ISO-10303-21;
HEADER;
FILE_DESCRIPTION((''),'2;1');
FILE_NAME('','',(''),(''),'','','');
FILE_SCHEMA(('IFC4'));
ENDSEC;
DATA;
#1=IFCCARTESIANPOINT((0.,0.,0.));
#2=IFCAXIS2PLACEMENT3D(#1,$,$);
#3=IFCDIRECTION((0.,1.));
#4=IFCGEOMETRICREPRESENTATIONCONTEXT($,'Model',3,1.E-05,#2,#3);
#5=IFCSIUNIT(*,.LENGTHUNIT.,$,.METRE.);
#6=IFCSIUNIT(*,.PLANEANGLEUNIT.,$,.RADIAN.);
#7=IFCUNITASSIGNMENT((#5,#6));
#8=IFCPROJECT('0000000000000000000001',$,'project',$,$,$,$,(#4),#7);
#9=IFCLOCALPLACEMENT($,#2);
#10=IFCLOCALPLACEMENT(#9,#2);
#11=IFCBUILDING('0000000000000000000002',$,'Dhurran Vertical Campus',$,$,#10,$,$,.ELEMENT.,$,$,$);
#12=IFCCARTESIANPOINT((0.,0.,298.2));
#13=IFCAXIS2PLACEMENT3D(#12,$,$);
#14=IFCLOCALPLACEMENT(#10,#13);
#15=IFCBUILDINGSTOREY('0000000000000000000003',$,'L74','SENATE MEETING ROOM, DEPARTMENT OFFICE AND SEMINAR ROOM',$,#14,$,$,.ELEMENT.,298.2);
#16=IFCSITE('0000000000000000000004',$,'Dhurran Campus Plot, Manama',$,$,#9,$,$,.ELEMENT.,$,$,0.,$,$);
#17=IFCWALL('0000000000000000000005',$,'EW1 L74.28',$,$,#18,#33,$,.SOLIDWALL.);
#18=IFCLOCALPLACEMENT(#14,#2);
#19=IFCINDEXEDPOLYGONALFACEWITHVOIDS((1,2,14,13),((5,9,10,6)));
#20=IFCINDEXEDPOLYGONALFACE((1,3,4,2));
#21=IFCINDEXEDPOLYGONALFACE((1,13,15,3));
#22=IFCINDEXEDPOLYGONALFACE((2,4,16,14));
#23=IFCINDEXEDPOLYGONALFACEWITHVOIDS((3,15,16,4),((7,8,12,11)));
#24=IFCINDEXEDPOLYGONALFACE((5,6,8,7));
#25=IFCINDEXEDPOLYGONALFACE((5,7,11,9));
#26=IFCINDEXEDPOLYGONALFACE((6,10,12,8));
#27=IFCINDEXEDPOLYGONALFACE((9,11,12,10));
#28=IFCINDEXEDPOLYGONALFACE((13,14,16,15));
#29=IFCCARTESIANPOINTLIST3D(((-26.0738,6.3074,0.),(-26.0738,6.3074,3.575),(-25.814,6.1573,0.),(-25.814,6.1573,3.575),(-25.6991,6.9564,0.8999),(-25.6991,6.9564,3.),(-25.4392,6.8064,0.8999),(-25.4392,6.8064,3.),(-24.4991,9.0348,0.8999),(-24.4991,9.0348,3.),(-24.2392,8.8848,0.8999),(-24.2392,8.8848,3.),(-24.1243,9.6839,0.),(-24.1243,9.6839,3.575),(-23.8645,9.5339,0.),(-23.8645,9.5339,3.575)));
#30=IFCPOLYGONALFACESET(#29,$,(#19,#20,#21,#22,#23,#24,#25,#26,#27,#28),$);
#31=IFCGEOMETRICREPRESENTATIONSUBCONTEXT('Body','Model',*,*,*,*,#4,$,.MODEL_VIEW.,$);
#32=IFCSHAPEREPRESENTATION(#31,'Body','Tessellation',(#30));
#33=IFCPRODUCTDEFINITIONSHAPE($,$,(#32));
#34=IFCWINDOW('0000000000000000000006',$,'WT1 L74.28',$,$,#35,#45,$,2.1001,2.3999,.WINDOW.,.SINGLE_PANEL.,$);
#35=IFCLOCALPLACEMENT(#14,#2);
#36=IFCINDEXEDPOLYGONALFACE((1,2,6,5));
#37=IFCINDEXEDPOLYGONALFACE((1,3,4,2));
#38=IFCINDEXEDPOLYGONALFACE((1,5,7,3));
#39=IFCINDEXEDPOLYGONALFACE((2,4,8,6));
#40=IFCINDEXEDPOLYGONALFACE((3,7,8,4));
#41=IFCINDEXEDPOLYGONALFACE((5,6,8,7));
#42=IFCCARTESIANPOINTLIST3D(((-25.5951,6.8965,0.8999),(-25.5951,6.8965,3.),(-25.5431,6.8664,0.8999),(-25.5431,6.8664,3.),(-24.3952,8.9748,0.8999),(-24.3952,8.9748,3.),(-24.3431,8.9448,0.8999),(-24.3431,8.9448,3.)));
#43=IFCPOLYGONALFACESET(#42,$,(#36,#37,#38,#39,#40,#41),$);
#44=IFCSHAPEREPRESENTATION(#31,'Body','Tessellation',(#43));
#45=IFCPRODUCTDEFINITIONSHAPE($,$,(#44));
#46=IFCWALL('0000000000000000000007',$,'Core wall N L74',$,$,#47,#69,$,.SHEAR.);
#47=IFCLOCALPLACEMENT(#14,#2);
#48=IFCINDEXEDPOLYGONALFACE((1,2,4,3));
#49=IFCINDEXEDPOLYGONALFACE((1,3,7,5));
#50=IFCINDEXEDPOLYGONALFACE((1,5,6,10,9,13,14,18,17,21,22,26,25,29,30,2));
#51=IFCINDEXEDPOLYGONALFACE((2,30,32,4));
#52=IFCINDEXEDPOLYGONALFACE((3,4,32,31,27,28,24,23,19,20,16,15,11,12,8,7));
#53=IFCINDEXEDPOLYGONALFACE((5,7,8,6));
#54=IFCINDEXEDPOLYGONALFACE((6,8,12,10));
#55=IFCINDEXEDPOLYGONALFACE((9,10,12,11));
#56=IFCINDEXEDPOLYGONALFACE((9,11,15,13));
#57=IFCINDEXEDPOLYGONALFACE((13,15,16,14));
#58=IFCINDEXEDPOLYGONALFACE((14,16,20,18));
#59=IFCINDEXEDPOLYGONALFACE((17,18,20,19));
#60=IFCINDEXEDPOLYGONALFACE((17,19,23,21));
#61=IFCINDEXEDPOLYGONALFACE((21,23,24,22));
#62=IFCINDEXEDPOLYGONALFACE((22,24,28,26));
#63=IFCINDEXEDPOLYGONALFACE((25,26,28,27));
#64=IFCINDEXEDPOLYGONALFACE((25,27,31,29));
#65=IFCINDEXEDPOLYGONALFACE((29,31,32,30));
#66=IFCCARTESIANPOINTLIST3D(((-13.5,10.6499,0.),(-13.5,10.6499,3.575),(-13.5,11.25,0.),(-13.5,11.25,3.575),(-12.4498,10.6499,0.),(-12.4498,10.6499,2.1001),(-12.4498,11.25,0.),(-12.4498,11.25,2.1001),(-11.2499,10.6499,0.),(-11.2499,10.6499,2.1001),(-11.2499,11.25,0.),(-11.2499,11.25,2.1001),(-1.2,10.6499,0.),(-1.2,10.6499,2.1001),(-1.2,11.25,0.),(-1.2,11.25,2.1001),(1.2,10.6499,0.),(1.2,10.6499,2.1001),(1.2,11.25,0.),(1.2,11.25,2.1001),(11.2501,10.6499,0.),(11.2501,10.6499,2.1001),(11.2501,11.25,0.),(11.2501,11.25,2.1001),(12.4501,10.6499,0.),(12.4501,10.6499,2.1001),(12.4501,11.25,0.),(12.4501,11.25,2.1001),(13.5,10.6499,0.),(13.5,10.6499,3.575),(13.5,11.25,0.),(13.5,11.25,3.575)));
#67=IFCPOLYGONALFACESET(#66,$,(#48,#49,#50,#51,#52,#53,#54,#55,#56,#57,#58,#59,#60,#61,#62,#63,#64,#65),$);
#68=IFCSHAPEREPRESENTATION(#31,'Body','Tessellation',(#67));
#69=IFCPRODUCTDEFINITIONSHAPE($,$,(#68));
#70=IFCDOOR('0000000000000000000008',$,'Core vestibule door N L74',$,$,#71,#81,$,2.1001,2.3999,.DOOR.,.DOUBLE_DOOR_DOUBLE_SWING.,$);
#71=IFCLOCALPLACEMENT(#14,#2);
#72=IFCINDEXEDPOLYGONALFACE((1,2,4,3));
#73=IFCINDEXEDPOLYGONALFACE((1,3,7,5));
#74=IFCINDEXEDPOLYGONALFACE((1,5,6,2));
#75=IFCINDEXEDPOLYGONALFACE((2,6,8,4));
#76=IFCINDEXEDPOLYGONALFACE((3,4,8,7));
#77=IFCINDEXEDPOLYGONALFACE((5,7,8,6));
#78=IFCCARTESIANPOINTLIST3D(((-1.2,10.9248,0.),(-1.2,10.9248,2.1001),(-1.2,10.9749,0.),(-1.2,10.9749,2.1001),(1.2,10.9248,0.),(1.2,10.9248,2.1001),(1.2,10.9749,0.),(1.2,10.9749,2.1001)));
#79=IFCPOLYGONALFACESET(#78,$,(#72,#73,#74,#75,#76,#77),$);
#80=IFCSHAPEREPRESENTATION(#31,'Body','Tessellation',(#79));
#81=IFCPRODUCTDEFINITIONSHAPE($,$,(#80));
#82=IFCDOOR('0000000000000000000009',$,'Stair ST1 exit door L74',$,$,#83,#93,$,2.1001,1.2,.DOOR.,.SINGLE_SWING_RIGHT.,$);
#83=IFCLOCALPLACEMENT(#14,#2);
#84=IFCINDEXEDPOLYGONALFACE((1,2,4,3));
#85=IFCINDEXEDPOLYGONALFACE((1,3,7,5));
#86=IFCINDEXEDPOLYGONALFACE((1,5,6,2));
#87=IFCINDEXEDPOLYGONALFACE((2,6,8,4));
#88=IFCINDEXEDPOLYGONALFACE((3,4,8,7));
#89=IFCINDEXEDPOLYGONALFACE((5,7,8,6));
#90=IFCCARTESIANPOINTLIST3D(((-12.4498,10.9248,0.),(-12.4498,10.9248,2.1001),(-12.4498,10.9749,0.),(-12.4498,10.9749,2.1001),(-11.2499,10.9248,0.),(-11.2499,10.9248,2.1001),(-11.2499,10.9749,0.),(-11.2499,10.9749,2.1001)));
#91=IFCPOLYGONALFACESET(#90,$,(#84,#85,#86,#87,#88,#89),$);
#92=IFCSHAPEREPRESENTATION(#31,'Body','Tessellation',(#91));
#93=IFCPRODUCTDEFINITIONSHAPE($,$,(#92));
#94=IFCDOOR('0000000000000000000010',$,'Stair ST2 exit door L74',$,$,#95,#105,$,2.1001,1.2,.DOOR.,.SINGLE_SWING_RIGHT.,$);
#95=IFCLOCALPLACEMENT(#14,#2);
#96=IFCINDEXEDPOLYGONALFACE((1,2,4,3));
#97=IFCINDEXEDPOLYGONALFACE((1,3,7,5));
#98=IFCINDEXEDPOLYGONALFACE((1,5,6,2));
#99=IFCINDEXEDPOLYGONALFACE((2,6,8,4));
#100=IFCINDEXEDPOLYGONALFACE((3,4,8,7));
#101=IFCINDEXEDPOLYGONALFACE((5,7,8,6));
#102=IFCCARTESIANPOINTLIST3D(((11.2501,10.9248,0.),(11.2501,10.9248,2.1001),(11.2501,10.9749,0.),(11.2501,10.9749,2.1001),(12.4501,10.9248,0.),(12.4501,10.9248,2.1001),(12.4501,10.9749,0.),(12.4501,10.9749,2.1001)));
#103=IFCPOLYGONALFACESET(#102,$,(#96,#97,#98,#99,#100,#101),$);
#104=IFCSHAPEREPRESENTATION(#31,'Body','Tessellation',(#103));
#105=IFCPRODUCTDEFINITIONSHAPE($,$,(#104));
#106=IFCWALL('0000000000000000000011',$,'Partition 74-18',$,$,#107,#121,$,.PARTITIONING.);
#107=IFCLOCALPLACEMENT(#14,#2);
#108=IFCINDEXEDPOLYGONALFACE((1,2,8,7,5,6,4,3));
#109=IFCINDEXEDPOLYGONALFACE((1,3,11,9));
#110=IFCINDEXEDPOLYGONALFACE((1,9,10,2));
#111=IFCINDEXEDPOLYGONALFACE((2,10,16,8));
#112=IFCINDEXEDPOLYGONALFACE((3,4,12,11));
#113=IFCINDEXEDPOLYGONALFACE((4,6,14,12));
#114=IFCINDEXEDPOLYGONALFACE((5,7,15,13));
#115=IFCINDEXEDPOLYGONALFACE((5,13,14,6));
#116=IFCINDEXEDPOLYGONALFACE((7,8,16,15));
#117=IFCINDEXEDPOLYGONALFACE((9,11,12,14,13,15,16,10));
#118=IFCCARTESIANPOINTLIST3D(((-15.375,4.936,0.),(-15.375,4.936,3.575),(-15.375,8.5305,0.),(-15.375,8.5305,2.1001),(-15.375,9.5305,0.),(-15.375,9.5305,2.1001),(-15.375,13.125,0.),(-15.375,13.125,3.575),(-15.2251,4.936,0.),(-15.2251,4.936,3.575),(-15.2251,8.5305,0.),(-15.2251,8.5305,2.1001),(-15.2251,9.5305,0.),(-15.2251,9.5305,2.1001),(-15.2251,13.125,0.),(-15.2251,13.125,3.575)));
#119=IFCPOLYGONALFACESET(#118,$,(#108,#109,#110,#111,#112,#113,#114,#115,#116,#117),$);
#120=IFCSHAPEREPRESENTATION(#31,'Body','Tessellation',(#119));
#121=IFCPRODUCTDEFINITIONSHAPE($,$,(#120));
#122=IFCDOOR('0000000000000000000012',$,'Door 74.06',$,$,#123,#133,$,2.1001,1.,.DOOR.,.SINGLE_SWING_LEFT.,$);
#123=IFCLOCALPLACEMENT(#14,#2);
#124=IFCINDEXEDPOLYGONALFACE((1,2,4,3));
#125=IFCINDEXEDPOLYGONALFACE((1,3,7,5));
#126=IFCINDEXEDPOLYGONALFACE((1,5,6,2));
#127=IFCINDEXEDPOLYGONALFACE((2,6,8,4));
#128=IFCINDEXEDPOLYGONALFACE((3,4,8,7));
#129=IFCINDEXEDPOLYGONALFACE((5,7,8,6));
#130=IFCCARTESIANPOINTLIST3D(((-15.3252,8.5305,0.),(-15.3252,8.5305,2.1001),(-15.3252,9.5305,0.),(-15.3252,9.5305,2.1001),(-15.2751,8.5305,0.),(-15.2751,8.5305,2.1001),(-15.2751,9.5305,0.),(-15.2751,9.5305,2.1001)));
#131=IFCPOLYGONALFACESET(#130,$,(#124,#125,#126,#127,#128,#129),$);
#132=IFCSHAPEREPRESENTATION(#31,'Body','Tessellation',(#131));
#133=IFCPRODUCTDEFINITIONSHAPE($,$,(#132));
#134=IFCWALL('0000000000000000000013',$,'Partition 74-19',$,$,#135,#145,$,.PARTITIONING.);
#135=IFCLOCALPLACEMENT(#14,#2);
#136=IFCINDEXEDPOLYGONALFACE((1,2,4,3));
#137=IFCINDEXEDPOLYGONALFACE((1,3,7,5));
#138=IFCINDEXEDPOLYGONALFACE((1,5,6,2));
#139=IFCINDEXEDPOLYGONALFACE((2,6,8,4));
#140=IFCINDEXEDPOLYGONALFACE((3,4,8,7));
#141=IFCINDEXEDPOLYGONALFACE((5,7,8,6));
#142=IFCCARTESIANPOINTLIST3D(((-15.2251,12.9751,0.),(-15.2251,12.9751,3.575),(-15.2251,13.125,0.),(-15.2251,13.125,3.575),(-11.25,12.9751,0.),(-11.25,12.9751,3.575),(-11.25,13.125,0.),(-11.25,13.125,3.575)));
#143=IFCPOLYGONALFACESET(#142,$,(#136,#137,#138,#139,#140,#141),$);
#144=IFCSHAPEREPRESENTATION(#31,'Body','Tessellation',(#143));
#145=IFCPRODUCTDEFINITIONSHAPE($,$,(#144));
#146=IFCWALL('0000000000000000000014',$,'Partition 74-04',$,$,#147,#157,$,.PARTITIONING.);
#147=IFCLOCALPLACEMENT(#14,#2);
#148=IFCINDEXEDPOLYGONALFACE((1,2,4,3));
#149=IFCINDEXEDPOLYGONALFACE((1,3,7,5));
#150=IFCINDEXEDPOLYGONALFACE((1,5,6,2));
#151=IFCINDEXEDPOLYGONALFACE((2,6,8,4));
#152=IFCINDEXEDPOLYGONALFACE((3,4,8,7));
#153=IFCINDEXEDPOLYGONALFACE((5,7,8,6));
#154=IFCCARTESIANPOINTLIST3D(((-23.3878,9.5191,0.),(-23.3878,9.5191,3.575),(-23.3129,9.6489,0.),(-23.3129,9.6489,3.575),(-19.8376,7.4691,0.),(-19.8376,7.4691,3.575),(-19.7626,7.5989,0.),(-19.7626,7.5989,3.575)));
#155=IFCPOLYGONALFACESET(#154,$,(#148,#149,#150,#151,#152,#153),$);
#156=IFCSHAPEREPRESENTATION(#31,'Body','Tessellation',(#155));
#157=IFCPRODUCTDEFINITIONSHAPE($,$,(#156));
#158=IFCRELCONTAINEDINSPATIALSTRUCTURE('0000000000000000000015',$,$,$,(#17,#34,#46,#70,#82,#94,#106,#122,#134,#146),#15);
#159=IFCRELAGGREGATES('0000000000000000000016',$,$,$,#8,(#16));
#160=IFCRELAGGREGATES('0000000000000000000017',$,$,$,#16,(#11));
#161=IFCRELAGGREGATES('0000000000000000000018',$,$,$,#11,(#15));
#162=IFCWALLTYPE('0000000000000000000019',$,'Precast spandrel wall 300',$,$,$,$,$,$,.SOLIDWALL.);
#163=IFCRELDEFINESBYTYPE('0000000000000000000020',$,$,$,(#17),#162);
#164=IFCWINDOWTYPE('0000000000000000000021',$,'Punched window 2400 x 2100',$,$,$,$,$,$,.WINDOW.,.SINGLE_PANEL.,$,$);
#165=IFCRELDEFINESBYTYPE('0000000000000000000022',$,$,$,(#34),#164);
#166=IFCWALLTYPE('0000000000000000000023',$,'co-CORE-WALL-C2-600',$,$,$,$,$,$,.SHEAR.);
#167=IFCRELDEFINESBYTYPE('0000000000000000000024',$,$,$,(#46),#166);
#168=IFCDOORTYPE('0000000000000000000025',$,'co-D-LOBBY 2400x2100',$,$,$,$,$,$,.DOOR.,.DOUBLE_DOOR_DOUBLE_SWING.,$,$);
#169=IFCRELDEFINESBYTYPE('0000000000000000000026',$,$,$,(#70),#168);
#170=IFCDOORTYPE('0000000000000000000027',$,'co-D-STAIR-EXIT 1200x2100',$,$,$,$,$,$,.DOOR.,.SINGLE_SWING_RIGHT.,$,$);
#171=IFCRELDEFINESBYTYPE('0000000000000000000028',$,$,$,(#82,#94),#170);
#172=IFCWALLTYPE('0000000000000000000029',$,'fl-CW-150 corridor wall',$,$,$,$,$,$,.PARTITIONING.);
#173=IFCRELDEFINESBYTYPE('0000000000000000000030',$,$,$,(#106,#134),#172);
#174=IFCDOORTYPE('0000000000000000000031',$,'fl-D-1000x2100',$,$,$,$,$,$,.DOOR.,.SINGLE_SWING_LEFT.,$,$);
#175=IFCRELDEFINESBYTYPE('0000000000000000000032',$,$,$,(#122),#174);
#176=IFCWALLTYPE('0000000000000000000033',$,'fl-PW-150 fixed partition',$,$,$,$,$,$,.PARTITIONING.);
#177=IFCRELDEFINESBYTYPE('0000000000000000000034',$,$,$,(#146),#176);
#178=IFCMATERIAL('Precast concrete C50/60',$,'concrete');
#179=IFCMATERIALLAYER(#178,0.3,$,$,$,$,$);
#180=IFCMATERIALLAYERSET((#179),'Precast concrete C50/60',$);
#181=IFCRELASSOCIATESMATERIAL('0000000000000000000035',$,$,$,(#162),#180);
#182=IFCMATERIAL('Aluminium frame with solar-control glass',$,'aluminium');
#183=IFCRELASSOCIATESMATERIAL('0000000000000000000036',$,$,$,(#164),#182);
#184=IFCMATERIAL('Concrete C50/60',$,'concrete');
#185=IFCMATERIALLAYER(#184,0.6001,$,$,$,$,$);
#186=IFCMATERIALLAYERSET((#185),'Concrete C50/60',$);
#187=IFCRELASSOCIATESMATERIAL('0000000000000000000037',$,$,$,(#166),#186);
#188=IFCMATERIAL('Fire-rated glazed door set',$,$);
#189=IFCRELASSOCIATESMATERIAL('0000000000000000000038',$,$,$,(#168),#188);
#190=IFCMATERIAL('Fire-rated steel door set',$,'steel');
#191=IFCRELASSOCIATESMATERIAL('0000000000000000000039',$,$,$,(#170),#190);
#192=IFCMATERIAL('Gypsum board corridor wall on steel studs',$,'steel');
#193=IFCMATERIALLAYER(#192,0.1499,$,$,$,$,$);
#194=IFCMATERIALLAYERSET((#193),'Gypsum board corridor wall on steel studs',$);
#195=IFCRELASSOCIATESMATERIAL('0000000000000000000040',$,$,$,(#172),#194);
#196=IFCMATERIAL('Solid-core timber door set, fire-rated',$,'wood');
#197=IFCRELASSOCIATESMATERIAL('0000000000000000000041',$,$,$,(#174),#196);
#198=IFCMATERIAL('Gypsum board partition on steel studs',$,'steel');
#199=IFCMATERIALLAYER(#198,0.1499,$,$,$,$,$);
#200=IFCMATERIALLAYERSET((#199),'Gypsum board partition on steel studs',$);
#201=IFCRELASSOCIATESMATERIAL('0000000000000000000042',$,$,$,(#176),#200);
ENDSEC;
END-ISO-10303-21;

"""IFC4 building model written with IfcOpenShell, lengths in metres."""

from ifc_helpers import new_model, si_unit, direction, frame, frame_2d, origin, place, context, subcontext, project, spatial, rectangle, extrude, material, layer, layer_set, type_object, element, fill, save


model = new_model("IFC4")

# Units and contexts
model_context = context("Model", 3, precision=1e-05, world=origin(), true_north=direction((0.0, 1.0)))
body_context = subcontext(model_context, "Body", "Model", "MODEL_VIEW")
ifc_project = project(units=[si_unit("LENGTHUNIT", "METRE"), si_unit("PLANEANGLEUNIT", "RADIAN")], contexts=[model_context])

# Site, building, storey
site_placement = place(None, origin())
site = spatial("IfcSite", under=ifc_project, at=site_placement, Name="Dhurran Campus Plot, Manama", CompositionType="ELEMENT", RefElevation=0.0)
building_placement = place(site_placement, origin())
building = spatial("IfcBuilding", under=site, at=building_placement, Name="Dhurran Vertical Campus", CompositionType="ELEMENT")
storey_placement = place(building_placement, frame((0.0, 0.0, 298.2)))
storey = spatial("IfcBuildingStorey", under=building, at=storey_placement, Name="L74", Description="SENATE MEETING ROOM, DEPARTMENT OFFICE AND SEMINAR ROOM", CompositionType="ELEMENT", Elevation=298.2)

# Wall, opening, window
ifc_material_1 = material(Name="Precast concrete C50/60", Category="concrete")
ifc_layer_1 = layer(ifc_material_1, 0.3)
ifc_layer_set_1 = layer_set([ifc_layer_1], Name="Precast concrete C50/60")
wall_type_1 = type_object("IfcWallType", Name="Precast spandrel wall 300", PredefinedType="SOLIDWALL", material=ifc_layer_set_1)
ifc_material_2 = material(Name="Aluminium frame with solar-control glass", Category="aluminium")
window_type = type_object("IfcWindowType", Name="Punched window 2400 x 2100", PartitioningType="SINGLE_PANEL", PredefinedType="WINDOW", material=ifc_material_2)
wall_1_placement = place(storey_placement, frame((-23.9944, 9.6089, 0.0), z_axis=(0.0, 0.0, 1.0), x_axis=(-0.500012, -0.866019, 0.0)))
wall_1 = element("IfcWall", 1, at=wall_1_placement, inside=storey, type_object=wall_type_1, Name="EW1 L74.28", PredefinedType="SOLIDWALL", context=body_context, shape_type="SweptSolid", body=[
    extrude(rectangle(XDim=3.8989, YDim=0.3, at=frame_2d((1.9495, 0.0))), origin(), (0.0, 0.0, 1.0), 3.575),
])
opening_1_placement = place(wall_1_placement, frame((0.7495, 0.0, 0.8999)))
opening_1 = element("IfcOpeningElement", 2, at=opening_1_placement, cuts=wall_1, PredefinedType="OPENING", context=body_context, shape_type="SweptSolid", body=[
    extrude(rectangle(XDim=2.3999, YDim=2.1001, at=frame_2d((1.2, 1.05))), frame((0.0, 0.1599, 0.0), z_axis=(0.0, -1.0, 0.0), x_axis=(1.0, 0.0, 0.0)), (0.0, 0.0, 1.0), 0.3201),
])
window_1_placement = place(opening_1_placement, origin())
window_1 = element("IfcWindow", 3, at=window_1_placement, inside=storey, type_object=window_type, Name="WT1 L74.28", OverallHeight=2.1001, OverallWidth=2.3999, PartitioningType="SINGLE_PANEL", PredefinedType="WINDOW", context=body_context, shape_type="SweptSolid", body=[
    extrude(rectangle(XDim=2.3999, YDim=2.1001, at=frame_2d((1.2, 1.05))), frame((0.0, 0.03, 0.0), z_axis=(0.0, -1.0, 0.0), x_axis=(1.0, 0.0, 0.0)), (0.0, 0.0, 1.0), 0.0601),
])
fill(opening_1, window_1)

# Wall, openings, doors
ifc_material_3 = material(Name="Concrete C50/60", Category="concrete")
ifc_layer_2 = layer(ifc_material_3, 0.6001)
ifc_layer_set_2 = layer_set([ifc_layer_2], Name="Concrete C50/60")
wall_type_2 = type_object("IfcWallType", Name="co-CORE-WALL-C2-600", PredefinedType="SHEAR", material=ifc_layer_set_2)
wall_2_placement = place(storey_placement, frame((-13.5, 10.95, 0.0), z_axis=(0.0, 0.0, 1.0), x_axis=(1.0, 0.0, 0.0)))
wall_2 = element("IfcWall", 4, at=wall_2_placement, inside=storey, type_object=wall_type_2, Name="Core wall N L74", PredefinedType="SHEAR", context=body_context, shape_type="SweptSolid", body=[
    extrude(rectangle(XDim=27.0, YDim=0.6001, at=frame_2d((13.5, 0.0))), origin(), (0.0, 0.0, 1.0), 3.575),
])
opening_2_placement = place(wall_2_placement, frame((12.3, 0.0, 0.0)))
opening_2 = element("IfcOpeningElement", 5, at=opening_2_placement, cuts=wall_2, PredefinedType="OPENING", context=body_context, shape_type="SweptSolid", body=[
    extrude(rectangle(XDim=2.3999, YDim=2.1001, at=frame_2d((1.2, 1.05))), frame((0.0, 0.3101, 0.0), z_axis=(0.0, -1.0, 0.0), x_axis=(1.0, 0.0, 0.0)), (0.0, 0.0, 1.0), 0.6201),
])
opening_3_placement = place(wall_2_placement, frame((1.05, 0.0, 0.0)))
opening_3 = element("IfcOpeningElement", 6, at=opening_3_placement, cuts=wall_2, PredefinedType="OPENING", context=body_context, shape_type="SweptSolid", body=[
    extrude(rectangle(XDim=1.2, YDim=2.1001, at=frame_2d((0.6001, 1.05))), frame((0.0, 0.3101, 0.0), z_axis=(0.0, -1.0, 0.0), x_axis=(1.0, 0.0, 0.0)), (0.0, 0.0, 1.0), 0.6201),
])
opening_4_placement = place(wall_2_placement, frame((24.75, 0.0, 0.0)))
opening_4 = element("IfcOpeningElement", 7, at=opening_4_placement, cuts=wall_2, PredefinedType="OPENING", context=body_context, shape_type="SweptSolid", body=[
    extrude(rectangle(XDim=1.2, YDim=2.1001, at=frame_2d((0.6001, 1.05))), frame((0.0, 0.3101, 0.0), z_axis=(0.0, -1.0, 0.0), x_axis=(1.0, 0.0, 0.0)), (0.0, 0.0, 1.0), 0.6201),
])
ifc_material_4 = material(Name="Fire-rated glazed door set")
door_type_1 = type_object("IfcDoorType", Name="co-D-LOBBY 2400x2100", OperationType="DOUBLE_DOOR_DOUBLE_SWING", PredefinedType="DOOR", material=ifc_material_4)
door_1_placement = place(opening_2_placement, origin())
door_1 = element("IfcDoor", 8, at=door_1_placement, inside=storey, type_object=door_type_1, Name="Core vestibule door N L74", OperationType="DOUBLE_DOOR_DOUBLE_SWING", OverallHeight=2.1001, OverallWidth=2.3999, PredefinedType="DOOR", context=body_context, shape_type="SweptSolid", body=[
    extrude(rectangle(XDim=2.3999, YDim=2.1001, at=frame_2d((1.2, 1.05))), frame((0.0, 0.0249, 0.0), z_axis=(0.0, -1.0, 0.0), x_axis=(1.0, 0.0, 0.0)), (0.0, 0.0, 1.0), 0.05),
])
fill(opening_2, door_1)
ifc_material_5 = material(Name="Fire-rated steel door set", Category="steel")
door_type_2 = type_object("IfcDoorType", Name="co-D-STAIR-EXIT 1200x2100", OperationType="SINGLE_SWING_RIGHT", PredefinedType="DOOR", material=ifc_material_5)
door_2_placement = place(opening_3_placement, origin())
door_2 = element("IfcDoor", 9, at=door_2_placement, inside=storey, type_object=door_type_2, Name="Stair ST1 exit door L74", OperationType="SINGLE_SWING_RIGHT", OverallHeight=2.1001, OverallWidth=1.2, PredefinedType="DOOR", context=body_context, shape_type="SweptSolid", body=[
    extrude(rectangle(XDim=1.2, YDim=2.1001, at=frame_2d((0.6001, 1.05))), frame((0.0, 0.0249, 0.0), z_axis=(0.0, -1.0, 0.0), x_axis=(1.0, 0.0, 0.0)), (0.0, 0.0, 1.0), 0.05),
])
fill(opening_3, door_2)
door_3_placement = place(opening_4_placement, origin())
door_3 = element("IfcDoor", 10, at=door_3_placement, inside=storey, type_object=door_type_2, Name="Stair ST2 exit door L74", OperationType="SINGLE_SWING_RIGHT", OverallHeight=2.1001, OverallWidth=1.2, PredefinedType="DOOR", context=body_context, shape_type="SweptSolid", body=[
    extrude(rectangle(XDim=1.2, YDim=2.1001, at=frame_2d((0.6001, 1.05))), frame((0.0, 0.0249, 0.0), z_axis=(0.0, -1.0, 0.0), x_axis=(1.0, 0.0, 0.0)), (0.0, 0.0, 1.0), 0.05),
])
fill(opening_4, door_3)

# Wall, opening, door
ifc_material_6 = material(Name="Gypsum board corridor wall on steel studs", Category="steel")
ifc_layer_3 = layer(ifc_material_6, 0.1499)
ifc_layer_set_3 = layer_set([ifc_layer_3], Name="Gypsum board corridor wall on steel studs")
wall_type_3 = type_object("IfcWallType", Name="fl-CW-150 corridor wall", PredefinedType="PARTITIONING", material=ifc_layer_set_3)
wall_3_placement = place(storey_placement, frame((-15.3, 13.125, 0.0), z_axis=(0.0, 0.0, 1.0), x_axis=(0.0, -1.0, 0.0)))
wall_3 = element("IfcWall", 11, at=wall_3_placement, inside=storey, type_object=wall_type_3, Name="Partition 74-18", PredefinedType="PARTITIONING", context=body_context, shape_type="SweptSolid", body=[
    extrude(rectangle(XDim=8.189, YDim=0.1499, at=frame_2d((4.0945, 0.0))), origin(), (0.0, 0.0, 1.0), 3.575),
])
opening_5_placement = place(wall_3_placement, frame((3.5945, 0.0, 0.0)))
opening_5 = element("IfcOpeningElement", 12, at=opening_5_placement, cuts=wall_3, PredefinedType="OPENING", context=body_context, shape_type="SweptSolid", body=[
    extrude(rectangle(XDim=1.0, YDim=2.1001, at=frame_2d((0.5, 1.05))), frame((0.0, 0.085, 0.0), z_axis=(0.0, -1.0, 0.0), x_axis=(1.0, 0.0, 0.0)), (0.0, 0.0, 1.0), 0.1699),
])
ifc_material_7 = material(Name="Solid-core timber door set, fire-rated", Category="wood")
door_type_3 = type_object("IfcDoorType", Name="fl-D-1000x2100", OperationType="SINGLE_SWING_LEFT", PredefinedType="DOOR", material=ifc_material_7)
door_4_placement = place(opening_5_placement, origin())
door_4 = element("IfcDoor", 13, at=door_4_placement, inside=storey, type_object=door_type_3, Name="Door 74.06", OperationType="SINGLE_SWING_LEFT", OverallHeight=2.1001, OverallWidth=1.0, PredefinedType="DOOR", context=body_context, shape_type="SweptSolid", body=[
    extrude(rectangle(XDim=1.0, YDim=2.1001, at=frame_2d((0.5, 1.05))), frame((0.0, 0.0249, 0.0), z_axis=(0.0, -1.0, 0.0), x_axis=(1.0, 0.0, 0.0)), (0.0, 0.0, 1.0), 0.05),
])
fill(opening_5, door_4)

# Walls
wall_4_placement = place(storey_placement, frame((-11.25, 13.05, 0.0), z_axis=(0.0, 0.0, 1.0), x_axis=(-1.0, 0.0, 0.0)))
element("IfcWall", 14, at=wall_4_placement, inside=storey, type_object=wall_type_3, Name="Partition 74-19", PredefinedType="PARTITIONING", context=body_context, shape_type="SweptSolid", body=[
    extrude(rectangle(XDim=3.9751, YDim=0.1499, at=frame_2d((1.9875, 0.0))), origin(), (0.0, 0.0, 1.0), 3.575),
])
ifc_material_8 = material(Name="Gypsum board partition on steel studs", Category="steel")
ifc_layer_4 = layer(ifc_material_8, 0.1499)
ifc_layer_set_4 = layer_set([ifc_layer_4], Name="Gypsum board partition on steel studs")
wall_type_4 = type_object("IfcWallType", Name="fl-PW-150 fixed partition", PredefinedType="PARTITIONING", material=ifc_layer_set_4)
wall_5_placement = place(storey_placement, frame((-23.3503, 9.584, 0.0), z_axis=(0.0, 0.0, 1.0), x_axis=(0.865995, -0.500052, 0.0)))
element("IfcWall", 15, at=wall_5_placement, inside=storey, type_object=wall_type_4, Name="Partition 74-04", PredefinedType="PARTITIONING", context=body_context, shape_type="SweptSolid", body=[
    extrude(rectangle(XDim=4.0996, YDim=0.1499, at=frame_2d((2.0498, 0.0))), origin(), (0.0, 0.0, 1.0), 3.575),
])

save(model, "model.ifc")
